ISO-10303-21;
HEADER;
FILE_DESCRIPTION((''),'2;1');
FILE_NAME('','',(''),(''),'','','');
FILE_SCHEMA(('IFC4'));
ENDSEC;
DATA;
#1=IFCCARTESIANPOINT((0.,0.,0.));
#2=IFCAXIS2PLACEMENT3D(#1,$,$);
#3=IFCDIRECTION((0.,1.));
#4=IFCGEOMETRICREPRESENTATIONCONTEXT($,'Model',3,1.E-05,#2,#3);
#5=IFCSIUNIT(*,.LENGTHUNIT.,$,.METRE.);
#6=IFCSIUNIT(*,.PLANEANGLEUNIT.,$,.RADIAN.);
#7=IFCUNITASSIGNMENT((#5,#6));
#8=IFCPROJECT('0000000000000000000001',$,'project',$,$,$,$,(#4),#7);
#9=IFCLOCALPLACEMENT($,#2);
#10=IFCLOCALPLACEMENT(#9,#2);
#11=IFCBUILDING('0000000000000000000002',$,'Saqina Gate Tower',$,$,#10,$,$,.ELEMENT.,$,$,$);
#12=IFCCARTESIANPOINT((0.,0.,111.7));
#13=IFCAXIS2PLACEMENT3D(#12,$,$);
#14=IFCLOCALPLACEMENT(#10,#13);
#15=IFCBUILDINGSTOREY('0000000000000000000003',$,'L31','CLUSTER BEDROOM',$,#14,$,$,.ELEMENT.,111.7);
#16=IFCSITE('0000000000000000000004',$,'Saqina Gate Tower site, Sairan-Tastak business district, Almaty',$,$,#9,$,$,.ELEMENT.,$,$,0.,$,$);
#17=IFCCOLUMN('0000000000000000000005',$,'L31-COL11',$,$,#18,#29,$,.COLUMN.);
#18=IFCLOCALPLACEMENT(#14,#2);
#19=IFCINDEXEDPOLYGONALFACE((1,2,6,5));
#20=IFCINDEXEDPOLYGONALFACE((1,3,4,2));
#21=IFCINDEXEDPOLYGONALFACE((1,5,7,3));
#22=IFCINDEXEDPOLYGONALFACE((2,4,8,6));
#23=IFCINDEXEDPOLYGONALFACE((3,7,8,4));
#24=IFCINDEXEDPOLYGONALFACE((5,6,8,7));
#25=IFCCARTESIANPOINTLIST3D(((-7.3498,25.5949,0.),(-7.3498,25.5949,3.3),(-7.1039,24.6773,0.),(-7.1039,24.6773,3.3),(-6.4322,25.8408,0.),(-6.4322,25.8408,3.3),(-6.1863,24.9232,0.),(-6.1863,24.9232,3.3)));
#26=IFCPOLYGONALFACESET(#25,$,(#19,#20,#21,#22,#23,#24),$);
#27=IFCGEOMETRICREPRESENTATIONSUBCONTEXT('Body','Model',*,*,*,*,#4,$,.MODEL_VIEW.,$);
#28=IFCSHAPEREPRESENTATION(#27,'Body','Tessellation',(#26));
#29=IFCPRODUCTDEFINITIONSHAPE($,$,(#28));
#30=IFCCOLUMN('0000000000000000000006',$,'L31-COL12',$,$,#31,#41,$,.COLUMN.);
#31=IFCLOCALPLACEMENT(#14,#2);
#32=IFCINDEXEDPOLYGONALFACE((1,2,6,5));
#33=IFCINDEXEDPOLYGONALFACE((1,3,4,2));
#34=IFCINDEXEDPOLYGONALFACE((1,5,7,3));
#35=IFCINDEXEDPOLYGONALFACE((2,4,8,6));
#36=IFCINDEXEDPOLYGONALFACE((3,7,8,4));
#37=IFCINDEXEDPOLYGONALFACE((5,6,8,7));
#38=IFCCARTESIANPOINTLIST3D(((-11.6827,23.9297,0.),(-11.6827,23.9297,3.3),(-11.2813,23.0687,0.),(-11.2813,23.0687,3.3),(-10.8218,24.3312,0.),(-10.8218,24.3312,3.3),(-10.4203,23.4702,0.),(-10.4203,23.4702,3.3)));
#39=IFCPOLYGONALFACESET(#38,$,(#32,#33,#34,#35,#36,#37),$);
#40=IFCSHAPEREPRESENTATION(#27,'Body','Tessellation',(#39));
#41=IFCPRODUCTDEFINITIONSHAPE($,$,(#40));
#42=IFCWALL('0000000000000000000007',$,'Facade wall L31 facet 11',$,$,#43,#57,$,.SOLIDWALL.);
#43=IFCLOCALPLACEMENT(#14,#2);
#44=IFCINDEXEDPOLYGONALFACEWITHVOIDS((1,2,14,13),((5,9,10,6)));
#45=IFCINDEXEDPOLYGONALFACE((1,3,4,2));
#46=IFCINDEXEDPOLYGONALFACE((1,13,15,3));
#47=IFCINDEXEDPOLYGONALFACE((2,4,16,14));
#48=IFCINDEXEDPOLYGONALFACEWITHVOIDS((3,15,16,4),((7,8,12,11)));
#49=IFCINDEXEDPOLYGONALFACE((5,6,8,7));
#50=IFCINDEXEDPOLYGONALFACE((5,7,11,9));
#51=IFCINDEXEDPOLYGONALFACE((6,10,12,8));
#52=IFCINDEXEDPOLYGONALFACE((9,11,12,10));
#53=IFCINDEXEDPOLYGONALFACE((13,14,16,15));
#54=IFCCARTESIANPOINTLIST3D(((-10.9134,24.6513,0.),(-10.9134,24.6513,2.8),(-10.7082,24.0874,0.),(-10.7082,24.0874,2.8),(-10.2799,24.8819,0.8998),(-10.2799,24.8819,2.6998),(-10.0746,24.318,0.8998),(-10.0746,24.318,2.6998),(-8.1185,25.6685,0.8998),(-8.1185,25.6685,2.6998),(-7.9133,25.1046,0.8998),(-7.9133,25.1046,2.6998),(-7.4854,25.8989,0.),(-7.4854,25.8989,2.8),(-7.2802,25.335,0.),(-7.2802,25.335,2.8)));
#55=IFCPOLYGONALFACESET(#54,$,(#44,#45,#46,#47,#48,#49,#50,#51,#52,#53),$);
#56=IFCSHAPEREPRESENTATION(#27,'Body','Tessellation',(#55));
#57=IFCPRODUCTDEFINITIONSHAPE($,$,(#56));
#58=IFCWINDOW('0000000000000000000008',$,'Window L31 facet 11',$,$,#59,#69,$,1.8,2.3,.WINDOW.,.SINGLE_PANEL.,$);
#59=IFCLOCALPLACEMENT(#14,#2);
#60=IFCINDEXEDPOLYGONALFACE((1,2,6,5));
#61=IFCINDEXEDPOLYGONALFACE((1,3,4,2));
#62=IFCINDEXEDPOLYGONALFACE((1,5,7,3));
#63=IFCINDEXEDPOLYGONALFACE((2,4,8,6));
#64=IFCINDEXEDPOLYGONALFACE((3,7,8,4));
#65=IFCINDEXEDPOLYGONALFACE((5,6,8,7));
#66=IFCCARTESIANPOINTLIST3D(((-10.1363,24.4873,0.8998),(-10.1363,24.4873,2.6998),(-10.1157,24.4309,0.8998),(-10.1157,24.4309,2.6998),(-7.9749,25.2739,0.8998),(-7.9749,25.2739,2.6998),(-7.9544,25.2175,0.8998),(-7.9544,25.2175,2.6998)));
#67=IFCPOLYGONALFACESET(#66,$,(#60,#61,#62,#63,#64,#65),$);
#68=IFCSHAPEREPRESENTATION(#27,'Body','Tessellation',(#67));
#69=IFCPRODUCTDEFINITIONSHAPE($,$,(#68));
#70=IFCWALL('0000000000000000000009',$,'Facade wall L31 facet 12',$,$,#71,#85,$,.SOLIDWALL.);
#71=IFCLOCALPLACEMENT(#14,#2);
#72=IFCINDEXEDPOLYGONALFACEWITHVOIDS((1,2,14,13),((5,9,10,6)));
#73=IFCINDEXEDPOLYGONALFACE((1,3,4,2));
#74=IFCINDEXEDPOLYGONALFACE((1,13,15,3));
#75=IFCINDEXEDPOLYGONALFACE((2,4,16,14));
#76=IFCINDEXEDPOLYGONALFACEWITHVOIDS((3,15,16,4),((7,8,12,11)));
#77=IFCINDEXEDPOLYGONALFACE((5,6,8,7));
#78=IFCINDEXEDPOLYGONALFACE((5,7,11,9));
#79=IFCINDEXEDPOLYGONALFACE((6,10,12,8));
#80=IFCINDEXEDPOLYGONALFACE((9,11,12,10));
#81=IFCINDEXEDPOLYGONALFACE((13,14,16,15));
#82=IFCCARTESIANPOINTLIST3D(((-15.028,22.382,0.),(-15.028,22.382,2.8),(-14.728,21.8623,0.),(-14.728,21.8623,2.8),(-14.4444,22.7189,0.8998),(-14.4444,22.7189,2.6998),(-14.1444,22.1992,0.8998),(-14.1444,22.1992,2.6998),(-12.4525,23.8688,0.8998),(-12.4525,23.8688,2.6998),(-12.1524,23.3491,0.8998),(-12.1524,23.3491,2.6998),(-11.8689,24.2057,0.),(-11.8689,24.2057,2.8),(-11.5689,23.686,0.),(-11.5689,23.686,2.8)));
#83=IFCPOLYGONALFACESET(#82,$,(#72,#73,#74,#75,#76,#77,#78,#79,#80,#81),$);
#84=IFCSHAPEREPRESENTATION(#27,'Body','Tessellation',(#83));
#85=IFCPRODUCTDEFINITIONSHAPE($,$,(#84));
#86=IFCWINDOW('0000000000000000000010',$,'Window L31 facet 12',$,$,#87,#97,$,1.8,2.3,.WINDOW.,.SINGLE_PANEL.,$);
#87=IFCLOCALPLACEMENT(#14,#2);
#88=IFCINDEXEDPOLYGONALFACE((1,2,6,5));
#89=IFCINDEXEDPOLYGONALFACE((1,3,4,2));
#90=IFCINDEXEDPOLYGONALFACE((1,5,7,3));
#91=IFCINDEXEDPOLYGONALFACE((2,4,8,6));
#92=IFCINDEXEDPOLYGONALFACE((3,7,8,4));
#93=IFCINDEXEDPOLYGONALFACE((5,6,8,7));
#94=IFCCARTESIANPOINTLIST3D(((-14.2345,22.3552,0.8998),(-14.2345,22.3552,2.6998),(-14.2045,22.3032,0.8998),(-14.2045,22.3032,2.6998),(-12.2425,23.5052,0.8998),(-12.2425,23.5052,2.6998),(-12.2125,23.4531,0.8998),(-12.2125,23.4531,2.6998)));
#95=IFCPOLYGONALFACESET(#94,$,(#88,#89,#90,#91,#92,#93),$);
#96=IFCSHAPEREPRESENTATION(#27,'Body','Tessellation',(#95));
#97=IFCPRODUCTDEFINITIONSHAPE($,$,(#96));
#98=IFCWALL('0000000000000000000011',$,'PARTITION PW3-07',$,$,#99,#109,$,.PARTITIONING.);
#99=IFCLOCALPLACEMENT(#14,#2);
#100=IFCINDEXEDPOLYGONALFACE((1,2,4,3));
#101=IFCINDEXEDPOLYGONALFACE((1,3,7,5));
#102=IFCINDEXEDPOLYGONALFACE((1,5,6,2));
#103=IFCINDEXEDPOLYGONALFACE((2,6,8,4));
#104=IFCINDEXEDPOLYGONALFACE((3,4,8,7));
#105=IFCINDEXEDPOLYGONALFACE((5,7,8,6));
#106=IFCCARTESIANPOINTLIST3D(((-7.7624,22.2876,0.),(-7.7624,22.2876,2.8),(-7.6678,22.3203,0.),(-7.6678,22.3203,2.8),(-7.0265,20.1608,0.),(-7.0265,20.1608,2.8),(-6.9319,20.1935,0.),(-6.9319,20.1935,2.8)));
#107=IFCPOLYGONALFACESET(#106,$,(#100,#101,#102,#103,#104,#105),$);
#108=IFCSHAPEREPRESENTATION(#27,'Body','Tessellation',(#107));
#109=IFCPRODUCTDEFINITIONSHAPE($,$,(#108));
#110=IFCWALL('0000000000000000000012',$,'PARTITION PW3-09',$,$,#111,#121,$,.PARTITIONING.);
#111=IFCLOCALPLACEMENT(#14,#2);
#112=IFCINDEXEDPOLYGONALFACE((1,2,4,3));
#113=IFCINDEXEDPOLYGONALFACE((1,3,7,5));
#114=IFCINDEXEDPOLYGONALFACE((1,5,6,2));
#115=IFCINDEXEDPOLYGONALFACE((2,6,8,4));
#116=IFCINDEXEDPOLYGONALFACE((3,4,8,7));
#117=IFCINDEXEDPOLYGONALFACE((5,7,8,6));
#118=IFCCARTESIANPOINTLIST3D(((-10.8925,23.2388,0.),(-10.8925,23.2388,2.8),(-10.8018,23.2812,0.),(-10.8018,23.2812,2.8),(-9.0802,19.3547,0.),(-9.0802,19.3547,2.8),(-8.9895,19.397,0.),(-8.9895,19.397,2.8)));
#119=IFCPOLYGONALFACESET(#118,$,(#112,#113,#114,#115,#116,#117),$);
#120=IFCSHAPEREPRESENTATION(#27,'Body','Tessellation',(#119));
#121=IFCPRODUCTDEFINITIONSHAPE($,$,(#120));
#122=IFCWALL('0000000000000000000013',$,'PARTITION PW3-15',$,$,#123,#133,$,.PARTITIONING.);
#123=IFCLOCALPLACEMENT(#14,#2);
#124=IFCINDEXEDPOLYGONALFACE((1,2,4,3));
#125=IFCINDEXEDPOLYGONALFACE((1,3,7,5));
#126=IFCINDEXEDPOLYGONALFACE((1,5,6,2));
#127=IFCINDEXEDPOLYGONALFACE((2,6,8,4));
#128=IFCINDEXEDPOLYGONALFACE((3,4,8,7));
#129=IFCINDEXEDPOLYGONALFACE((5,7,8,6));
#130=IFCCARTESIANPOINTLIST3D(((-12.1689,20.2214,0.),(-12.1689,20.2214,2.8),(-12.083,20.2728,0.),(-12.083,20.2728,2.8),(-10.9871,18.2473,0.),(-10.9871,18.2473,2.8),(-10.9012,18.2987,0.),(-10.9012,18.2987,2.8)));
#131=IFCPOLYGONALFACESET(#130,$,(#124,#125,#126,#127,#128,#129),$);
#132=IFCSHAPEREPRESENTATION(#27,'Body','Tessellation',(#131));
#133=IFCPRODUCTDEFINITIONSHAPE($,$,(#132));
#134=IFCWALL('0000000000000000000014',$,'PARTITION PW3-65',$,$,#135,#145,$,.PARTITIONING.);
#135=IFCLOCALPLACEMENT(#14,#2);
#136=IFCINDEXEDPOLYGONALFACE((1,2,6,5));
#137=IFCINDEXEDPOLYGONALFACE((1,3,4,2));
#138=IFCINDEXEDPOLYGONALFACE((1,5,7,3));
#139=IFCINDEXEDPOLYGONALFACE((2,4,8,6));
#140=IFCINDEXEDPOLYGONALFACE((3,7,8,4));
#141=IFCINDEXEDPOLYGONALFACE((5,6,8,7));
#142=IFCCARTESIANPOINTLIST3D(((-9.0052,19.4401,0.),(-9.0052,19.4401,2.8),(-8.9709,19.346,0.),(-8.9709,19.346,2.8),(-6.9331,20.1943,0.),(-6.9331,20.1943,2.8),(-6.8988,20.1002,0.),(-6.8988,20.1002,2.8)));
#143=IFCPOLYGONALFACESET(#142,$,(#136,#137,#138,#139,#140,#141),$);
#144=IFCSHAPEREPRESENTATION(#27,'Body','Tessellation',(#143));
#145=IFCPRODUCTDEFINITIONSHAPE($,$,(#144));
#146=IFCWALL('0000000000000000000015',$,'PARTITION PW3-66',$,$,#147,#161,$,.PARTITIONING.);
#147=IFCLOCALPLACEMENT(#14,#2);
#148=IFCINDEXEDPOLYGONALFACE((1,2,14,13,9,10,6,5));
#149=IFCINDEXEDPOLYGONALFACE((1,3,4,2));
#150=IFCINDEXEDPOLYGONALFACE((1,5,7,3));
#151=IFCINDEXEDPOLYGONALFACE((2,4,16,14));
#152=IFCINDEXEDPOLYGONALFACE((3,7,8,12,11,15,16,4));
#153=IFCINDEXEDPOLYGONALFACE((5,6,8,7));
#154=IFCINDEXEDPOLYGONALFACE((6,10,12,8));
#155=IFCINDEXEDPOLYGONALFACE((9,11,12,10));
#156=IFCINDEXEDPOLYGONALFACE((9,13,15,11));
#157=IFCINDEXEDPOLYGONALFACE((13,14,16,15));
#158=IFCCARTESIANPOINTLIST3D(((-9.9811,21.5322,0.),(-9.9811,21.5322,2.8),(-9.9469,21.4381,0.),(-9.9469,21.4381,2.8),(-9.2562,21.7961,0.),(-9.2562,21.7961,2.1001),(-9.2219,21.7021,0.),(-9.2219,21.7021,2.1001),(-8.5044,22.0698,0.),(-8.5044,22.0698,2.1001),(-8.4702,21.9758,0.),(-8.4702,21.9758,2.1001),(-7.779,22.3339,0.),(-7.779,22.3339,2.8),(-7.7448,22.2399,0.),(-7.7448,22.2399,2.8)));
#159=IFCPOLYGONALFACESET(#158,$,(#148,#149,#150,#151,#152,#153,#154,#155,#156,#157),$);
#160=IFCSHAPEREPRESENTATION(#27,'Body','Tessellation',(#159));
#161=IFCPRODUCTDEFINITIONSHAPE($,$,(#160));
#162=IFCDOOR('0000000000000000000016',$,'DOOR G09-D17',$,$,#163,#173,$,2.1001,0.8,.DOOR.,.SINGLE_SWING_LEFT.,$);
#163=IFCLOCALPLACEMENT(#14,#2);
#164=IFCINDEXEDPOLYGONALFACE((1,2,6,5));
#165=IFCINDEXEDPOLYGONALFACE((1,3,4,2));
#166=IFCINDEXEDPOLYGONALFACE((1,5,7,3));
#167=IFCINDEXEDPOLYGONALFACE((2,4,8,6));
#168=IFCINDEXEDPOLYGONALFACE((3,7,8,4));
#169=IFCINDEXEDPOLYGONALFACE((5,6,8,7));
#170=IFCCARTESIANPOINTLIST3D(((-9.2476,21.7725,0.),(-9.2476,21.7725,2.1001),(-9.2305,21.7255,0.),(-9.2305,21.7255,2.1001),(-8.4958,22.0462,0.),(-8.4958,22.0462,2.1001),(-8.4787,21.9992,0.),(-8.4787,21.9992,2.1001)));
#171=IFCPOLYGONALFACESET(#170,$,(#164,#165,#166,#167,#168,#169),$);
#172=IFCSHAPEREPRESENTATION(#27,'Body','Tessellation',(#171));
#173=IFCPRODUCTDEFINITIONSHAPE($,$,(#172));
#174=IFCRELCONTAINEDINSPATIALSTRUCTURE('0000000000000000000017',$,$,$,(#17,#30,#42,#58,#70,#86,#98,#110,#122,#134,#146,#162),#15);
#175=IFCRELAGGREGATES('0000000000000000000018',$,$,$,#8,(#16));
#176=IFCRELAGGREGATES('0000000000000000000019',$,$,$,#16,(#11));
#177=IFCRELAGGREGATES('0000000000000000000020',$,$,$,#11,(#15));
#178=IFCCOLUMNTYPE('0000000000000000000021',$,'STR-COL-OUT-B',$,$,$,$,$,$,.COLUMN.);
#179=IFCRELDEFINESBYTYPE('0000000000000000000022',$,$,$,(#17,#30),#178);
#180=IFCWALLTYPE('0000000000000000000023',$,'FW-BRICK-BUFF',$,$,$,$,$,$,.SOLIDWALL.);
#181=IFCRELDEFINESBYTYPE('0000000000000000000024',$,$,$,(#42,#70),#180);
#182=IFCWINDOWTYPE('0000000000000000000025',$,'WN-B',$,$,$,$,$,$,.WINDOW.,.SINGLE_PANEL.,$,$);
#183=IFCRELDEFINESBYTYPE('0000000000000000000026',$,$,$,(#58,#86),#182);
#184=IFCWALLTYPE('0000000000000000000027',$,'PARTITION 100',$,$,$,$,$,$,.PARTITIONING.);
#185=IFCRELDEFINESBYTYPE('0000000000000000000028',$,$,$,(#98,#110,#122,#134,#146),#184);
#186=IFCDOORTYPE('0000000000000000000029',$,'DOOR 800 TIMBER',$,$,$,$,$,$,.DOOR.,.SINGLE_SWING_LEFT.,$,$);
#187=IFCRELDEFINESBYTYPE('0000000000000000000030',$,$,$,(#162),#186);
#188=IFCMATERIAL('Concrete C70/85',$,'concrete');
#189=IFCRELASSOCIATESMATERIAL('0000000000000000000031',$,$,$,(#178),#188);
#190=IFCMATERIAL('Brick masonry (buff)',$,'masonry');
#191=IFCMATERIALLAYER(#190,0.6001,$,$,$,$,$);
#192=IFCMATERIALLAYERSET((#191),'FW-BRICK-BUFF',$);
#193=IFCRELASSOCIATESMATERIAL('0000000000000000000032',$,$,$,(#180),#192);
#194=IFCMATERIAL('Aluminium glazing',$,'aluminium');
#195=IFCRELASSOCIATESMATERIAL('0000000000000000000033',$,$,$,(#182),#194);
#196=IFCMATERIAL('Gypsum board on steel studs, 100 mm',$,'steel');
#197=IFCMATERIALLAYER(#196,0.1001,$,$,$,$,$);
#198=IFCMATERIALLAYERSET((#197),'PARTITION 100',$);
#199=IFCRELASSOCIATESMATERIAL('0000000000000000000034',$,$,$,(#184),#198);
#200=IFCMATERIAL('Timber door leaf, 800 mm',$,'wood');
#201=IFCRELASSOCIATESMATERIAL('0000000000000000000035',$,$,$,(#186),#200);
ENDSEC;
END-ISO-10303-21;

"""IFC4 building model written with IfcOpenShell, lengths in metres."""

from ifc_helpers import new_model, si_unit, direction, frame, frame_2d, origin, origin_2d, place, context, subcontext, project, spatial, rectangle, extrude, material, layer, layer_set, material_profile, profile_set, type_object, element, fill, save


model = new_model("IFC4")

# Units and contexts
model_context = context("Model", 3, precision=1e-05, world=origin(), true_north=direction((0.0, 1.0)))
body_context = subcontext(model_context, "Body", "Model", "MODEL_VIEW")
ifc_project = project(units=[si_unit("LENGTHUNIT", "METRE"), si_unit("PLANEANGLEUNIT", "RADIAN")], contexts=[model_context])

# Site, building, storey
site_placement = place(None, origin())
site = spatial("IfcSite", under=ifc_project, at=site_placement, Name="Saqina Gate Tower site, Sairan-Tastak business district, Almaty", CompositionType="ELEMENT", RefElevation=0.0)
building_placement = place(site_placement, origin())
building = spatial("IfcBuilding", under=site, at=building_placement, Name="Saqina Gate Tower", CompositionType="ELEMENT")
storey_placement = place(building_placement, frame((0.0, 0.0, 111.7)))
storey = spatial("IfcBuildingStorey", under=building, at=storey_placement, Name="L31", Description="CLUSTER BEDROOM", CompositionType="ELEMENT", Elevation=111.7)

# Columns
ifc_material_1 = material(Name="Concrete C70/85", Category="concrete")
ifc_material_profile = material_profile(ifc_material_1, rectangle(XDim=0.95, YDim=0.95, at=origin_2d()), Name="RC 950x950")
ifc_profile_set = profile_set([ifc_material_profile], Name="Concrete C70/85")
column_type = type_object("IfcColumnType", Name="STR-COL-OUT-B", PredefinedType="COLUMN", material=ifc_profile_set)
for number, where, z_axis, x_axis, name in (
    (1, (-6.7681, 25.259, 0.0), (0.0, 0.0, 1.0), (-0.258819, 0.965926, 0.0), "L31-COL11"),
    (2, (-11.0515, 23.7, 0.0), (0.0, 0.0, 1.0), (-0.422618, 0.906308, 0.0), "L31-COL12"),
):
    element("IfcColumn", number, at=place(storey_placement, frame(where, z_axis=z_axis, x_axis=x_axis)), inside=storey, type_object=column_type, Name=name, PredefinedType="COLUMN", context=body_context, shape_type="SweptSolid", body=[
        extrude(rectangle(XDim=0.95, YDim=0.95, at=origin_2d()), origin(), (0.0, 0.0, 1.0), 3.3),
    ])

# Walls, openings, windows
ifc_material_2 = material(Name="Brick masonry (buff)", Category="masonry")
ifc_layer_1 = layer(ifc_material_2, 0.6001)
ifc_layer_set_1 = layer_set([ifc_layer_1], Name="FW-BRICK-BUFF")
wall_type_1 = type_object("IfcWallType", Name="FW-BRICK-BUFF", PredefinedType="SOLIDWALL", material=ifc_layer_set_1)
wall_1_placement = place(storey_placement, frame((-7.3828, 25.6169, 0.0), z_axis=(0.0, 0.0, 1.0), x_axis=(-0.939704, -0.34199, 0.0)))
wall_1 = element("IfcWall", 3, at=wall_1_placement, inside=storey, type_object=wall_type_1, Name="Facade wall L31 facet 11", PredefinedType="SOLIDWALL", context=body_context, shape_type="SweptSolid", body=[
    extrude(rectangle(XDim=3.6479, YDim=0.6001, at=frame_2d((1.824, 0.0))), origin(), (0.0, 0.0, 1.0), 2.8),
])
opening_1_placement = place(wall_1_placement, frame((0.6738, 0.0, 0.8999)))
opening_1 = element("IfcOpeningElement", 4, at=opening_1_placement, cuts=wall_1, PredefinedType="OPENING", context=body_context, shape_type="SweptSolid", body=[
    extrude(rectangle(XDim=2.3, YDim=1.8, at=frame_2d((1.1499, 0.8999))), frame((0.0, 0.312, 0.0), z_axis=(0.0, -1.0, 0.0), x_axis=(1.0, 0.0, 0.0)), (0.0, 0.0, 1.0), 0.624),
])
ifc_material_3 = material(Name="Aluminium glazing", Category="aluminium")
window_type = type_object("IfcWindowType", Name="WN-B", PartitioningType="SINGLE_PANEL", PredefinedType="WINDOW", material=ifc_material_3)
window_1_placement = place(opening_1_placement, origin())
window_1 = element("IfcWindow", 5, at=window_1_placement, inside=storey, type_object=window_type, Name="Window L31 facet 11", OverallHeight=1.8, OverallWidth=2.3, PartitioningType="SINGLE_PANEL", PredefinedType="WINDOW", context=body_context, shape_type="SweptSolid", body=[
    extrude(rectangle(XDim=2.3, YDim=1.8, at=frame_2d((1.1499, 0.8999))), frame((0.0, 0.1799, 0.0), z_axis=(0.0, -1.0, 0.0), x_axis=(1.0, 0.0, 0.0)), (0.0, 0.0, 1.0), 0.0601),
])
fill(opening_1, window_1)
wall_2_placement = place(storey_placement, frame((-11.719, 23.9458, 0.0), z_axis=(0.0, 0.0, 1.0), x_axis=(-0.866052, -0.499954, 0.0)))
wall_2 = element("IfcWall", 6, at=wall_2_placement, inside=storey, type_object=wall_type_1, Name="Facade wall L31 facet 12", PredefinedType="SOLIDWALL", context=body_context, shape_type="SweptSolid", body=[
    extrude(rectangle(XDim=3.6477, YDim=0.6001, at=frame_2d((1.8237, 0.0))), origin(), (0.0, 0.0, 1.0), 2.8),
])
opening_2_placement = place(wall_2_placement, frame((0.6738, 0.0, 0.8999)))
opening_2 = element("IfcOpeningElement", 7, at=opening_2_placement, cuts=wall_2, PredefinedType="OPENING", context=body_context, shape_type="SweptSolid", body=[
    extrude(rectangle(XDim=2.3, YDim=1.8, at=frame_2d((1.1499, 0.8999))), frame((0.0, 0.312, 0.0), z_axis=(0.0, -1.0, 0.0), x_axis=(1.0, 0.0, 0.0)), (0.0, 0.0, 1.0), 0.624),
])
window_2_placement = place(opening_2_placement, origin())
window_2 = element("IfcWindow", 8, at=window_2_placement, inside=storey, type_object=window_type, Name="Window L31 facet 12", OverallHeight=1.8, OverallWidth=2.3, PartitioningType="SINGLE_PANEL", PredefinedType="WINDOW", context=body_context, shape_type="SweptSolid", body=[
    extrude(rectangle(XDim=2.3, YDim=1.8, at=frame_2d((1.1499, 0.8999))), frame((0.0, 0.1799, 0.0), z_axis=(0.0, -1.0, 0.0), x_axis=(1.0, 0.0, 0.0)), (0.0, 0.0, 1.0), 0.0601),
])
fill(opening_2, window_2)

# Walls
ifc_material_4 = material(Name="Gypsum board on steel studs, 100 mm", Category="steel")
ifc_layer_2 = layer(ifc_material_4, 0.1001)
ifc_layer_set_2 = layer_set([ifc_layer_2], Name="PARTITION 100")
wall_type_2 = type_object("IfcWallType", Name="PARTITION 100", PredefinedType="PARTITIONING", material=ifc_layer_set_2)
wall_3_placement = place(storey_placement, frame((-7.7151, 22.304, 0.0), z_axis=(0.0, 0.0, 1.0), x_axis=(0.32698, -0.945031, 0.0)))
element("IfcWall", 9, at=wall_3_placement, inside=storey, type_object=wall_type_2, Name="PARTITION PW3-07", PredefinedType="PARTITIONING", context=body_context, shape_type="SweptSolid", body=[
    extrude(rectangle(XDim=2.2505, YDim=0.1001, at=frame_2d((1.1252, 0.0))), origin(), (0.0, 0.0, 1.0), 2.8),
])
wall_4_placement = place(storey_placement, frame((-10.8472, 23.26, 0.0), z_axis=(0.0, 0.0, 1.0), x_axis=(0.422829, -0.906209, 0.0)))
element("IfcWall", 10, at=wall_4_placement, inside=storey, type_object=wall_type_2, Name="PARTITION PW3-09", PredefinedType="PARTITIONING", context=body_context, shape_type="SweptSolid", body=[
    extrude(rectangle(XDim=4.2861, YDim=0.1001, at=frame_2d((2.1431, 0.0))), origin(), (0.0, 0.0, 1.0), 2.8),
])
wall_5_placement = place(storey_placement, frame((-12.126, 20.2471, 0.0), z_axis=(0.0, 0.0, 1.0), x_axis=(0.513668, -0.857989, 0.0)))
element("IfcWall", 11, at=wall_5_placement, inside=storey, type_object=wall_type_2, Name="PARTITION PW3-15", PredefinedType="PARTITIONING", context=body_context, shape_type="SweptSolid", body=[
    extrude(rectangle(XDim=2.3008, YDim=0.1001, at=frame_2d((1.1504, 0.0))), origin(), (0.0, 0.0, 1.0), 2.8),
])
wall_6_placement = place(storey_placement, frame((-8.988, 19.3931, 0.0), z_axis=(0.0, 0.0, 1.0), x_axis=(0.939693, 0.342019, 0.0)))
element("IfcWall", 12, at=wall_6_placement, inside=storey, type_object=wall_type_2, Name="PARTITION PW3-65", PredefinedType="PARTITIONING", context=body_context, shape_type="SweptSolid", body=[
    extrude(rectangle(XDim=2.2051, YDim=0.1001, at=frame_2d((1.1025, 0.0))), origin(), (0.0, 0.0, 1.0), 2.8),
])

# Wall, opening, door
wall_7_placement = place(storey_placement, frame((-9.9641, 21.4851, 0.0), z_axis=(0.0, 0.0, 1.0), x_axis=(0.93966, 0.342111, 0.0)))
wall_7 = element("IfcWall", 13, at=wall_7_placement, inside=storey, type_object=wall_type_2, Name="PARTITION PW3-66", PredefinedType="PARTITIONING", context=body_context, shape_type="SweptSolid", body=[
    extrude(rectangle(XDim=2.3435, YDim=0.1001, at=frame_2d((1.1719, 0.0))), origin(), (0.0, 0.0, 1.0), 2.8),
])
opening_3_placement = place(wall_7_placement, frame((0.7717, 0.0, 0.0)))
opening_3 = element("IfcOpeningElement", 14, at=opening_3_placement, cuts=wall_7, PredefinedType="OPENING", context=body_context, shape_type="SweptSolid", body=[
    extrude(rectangle(XDim=0.8, YDim=2.1001, at=frame_2d((0.3999, 1.05))), frame((0.0, 0.062, 0.0), z_axis=(0.0, -1.0, 0.0), x_axis=(1.0, 0.0, 0.0)), (0.0, 0.0, 1.0), 0.124),
])
ifc_material_5 = material(Name="Timber door leaf, 800 mm", Category="wood")
door_type_1 = type_object("IfcDoorType", Name="DOOR 800 TIMBER", OperationType="SINGLE_SWING_LEFT", PredefinedType="DOOR", material=ifc_material_5)
door_1_placement = place(opening_3_placement, origin())
door_1 = element("IfcDoor", 15, at=door_1_placement, inside=storey, type_object=door_type_1, Name="DOOR G09-D17", OperationType="SINGLE_SWING_LEFT", OverallHeight=2.1001, OverallWidth=0.8, PredefinedType="DOOR", context=body_context, shape_type="SweptSolid", body=[
    extrude(rectangle(XDim=0.8, YDim=2.1001, at=frame_2d((0.3999, 1.05))), frame((0.0, 0.0249, 0.0), z_axis=(0.0, -1.0, 0.0), x_axis=(1.0, 0.0, 0.0)), (0.0, 0.0, 1.0), 0.05),
])
fill(opening_3, door_1)

save(model, "model.ifc")
